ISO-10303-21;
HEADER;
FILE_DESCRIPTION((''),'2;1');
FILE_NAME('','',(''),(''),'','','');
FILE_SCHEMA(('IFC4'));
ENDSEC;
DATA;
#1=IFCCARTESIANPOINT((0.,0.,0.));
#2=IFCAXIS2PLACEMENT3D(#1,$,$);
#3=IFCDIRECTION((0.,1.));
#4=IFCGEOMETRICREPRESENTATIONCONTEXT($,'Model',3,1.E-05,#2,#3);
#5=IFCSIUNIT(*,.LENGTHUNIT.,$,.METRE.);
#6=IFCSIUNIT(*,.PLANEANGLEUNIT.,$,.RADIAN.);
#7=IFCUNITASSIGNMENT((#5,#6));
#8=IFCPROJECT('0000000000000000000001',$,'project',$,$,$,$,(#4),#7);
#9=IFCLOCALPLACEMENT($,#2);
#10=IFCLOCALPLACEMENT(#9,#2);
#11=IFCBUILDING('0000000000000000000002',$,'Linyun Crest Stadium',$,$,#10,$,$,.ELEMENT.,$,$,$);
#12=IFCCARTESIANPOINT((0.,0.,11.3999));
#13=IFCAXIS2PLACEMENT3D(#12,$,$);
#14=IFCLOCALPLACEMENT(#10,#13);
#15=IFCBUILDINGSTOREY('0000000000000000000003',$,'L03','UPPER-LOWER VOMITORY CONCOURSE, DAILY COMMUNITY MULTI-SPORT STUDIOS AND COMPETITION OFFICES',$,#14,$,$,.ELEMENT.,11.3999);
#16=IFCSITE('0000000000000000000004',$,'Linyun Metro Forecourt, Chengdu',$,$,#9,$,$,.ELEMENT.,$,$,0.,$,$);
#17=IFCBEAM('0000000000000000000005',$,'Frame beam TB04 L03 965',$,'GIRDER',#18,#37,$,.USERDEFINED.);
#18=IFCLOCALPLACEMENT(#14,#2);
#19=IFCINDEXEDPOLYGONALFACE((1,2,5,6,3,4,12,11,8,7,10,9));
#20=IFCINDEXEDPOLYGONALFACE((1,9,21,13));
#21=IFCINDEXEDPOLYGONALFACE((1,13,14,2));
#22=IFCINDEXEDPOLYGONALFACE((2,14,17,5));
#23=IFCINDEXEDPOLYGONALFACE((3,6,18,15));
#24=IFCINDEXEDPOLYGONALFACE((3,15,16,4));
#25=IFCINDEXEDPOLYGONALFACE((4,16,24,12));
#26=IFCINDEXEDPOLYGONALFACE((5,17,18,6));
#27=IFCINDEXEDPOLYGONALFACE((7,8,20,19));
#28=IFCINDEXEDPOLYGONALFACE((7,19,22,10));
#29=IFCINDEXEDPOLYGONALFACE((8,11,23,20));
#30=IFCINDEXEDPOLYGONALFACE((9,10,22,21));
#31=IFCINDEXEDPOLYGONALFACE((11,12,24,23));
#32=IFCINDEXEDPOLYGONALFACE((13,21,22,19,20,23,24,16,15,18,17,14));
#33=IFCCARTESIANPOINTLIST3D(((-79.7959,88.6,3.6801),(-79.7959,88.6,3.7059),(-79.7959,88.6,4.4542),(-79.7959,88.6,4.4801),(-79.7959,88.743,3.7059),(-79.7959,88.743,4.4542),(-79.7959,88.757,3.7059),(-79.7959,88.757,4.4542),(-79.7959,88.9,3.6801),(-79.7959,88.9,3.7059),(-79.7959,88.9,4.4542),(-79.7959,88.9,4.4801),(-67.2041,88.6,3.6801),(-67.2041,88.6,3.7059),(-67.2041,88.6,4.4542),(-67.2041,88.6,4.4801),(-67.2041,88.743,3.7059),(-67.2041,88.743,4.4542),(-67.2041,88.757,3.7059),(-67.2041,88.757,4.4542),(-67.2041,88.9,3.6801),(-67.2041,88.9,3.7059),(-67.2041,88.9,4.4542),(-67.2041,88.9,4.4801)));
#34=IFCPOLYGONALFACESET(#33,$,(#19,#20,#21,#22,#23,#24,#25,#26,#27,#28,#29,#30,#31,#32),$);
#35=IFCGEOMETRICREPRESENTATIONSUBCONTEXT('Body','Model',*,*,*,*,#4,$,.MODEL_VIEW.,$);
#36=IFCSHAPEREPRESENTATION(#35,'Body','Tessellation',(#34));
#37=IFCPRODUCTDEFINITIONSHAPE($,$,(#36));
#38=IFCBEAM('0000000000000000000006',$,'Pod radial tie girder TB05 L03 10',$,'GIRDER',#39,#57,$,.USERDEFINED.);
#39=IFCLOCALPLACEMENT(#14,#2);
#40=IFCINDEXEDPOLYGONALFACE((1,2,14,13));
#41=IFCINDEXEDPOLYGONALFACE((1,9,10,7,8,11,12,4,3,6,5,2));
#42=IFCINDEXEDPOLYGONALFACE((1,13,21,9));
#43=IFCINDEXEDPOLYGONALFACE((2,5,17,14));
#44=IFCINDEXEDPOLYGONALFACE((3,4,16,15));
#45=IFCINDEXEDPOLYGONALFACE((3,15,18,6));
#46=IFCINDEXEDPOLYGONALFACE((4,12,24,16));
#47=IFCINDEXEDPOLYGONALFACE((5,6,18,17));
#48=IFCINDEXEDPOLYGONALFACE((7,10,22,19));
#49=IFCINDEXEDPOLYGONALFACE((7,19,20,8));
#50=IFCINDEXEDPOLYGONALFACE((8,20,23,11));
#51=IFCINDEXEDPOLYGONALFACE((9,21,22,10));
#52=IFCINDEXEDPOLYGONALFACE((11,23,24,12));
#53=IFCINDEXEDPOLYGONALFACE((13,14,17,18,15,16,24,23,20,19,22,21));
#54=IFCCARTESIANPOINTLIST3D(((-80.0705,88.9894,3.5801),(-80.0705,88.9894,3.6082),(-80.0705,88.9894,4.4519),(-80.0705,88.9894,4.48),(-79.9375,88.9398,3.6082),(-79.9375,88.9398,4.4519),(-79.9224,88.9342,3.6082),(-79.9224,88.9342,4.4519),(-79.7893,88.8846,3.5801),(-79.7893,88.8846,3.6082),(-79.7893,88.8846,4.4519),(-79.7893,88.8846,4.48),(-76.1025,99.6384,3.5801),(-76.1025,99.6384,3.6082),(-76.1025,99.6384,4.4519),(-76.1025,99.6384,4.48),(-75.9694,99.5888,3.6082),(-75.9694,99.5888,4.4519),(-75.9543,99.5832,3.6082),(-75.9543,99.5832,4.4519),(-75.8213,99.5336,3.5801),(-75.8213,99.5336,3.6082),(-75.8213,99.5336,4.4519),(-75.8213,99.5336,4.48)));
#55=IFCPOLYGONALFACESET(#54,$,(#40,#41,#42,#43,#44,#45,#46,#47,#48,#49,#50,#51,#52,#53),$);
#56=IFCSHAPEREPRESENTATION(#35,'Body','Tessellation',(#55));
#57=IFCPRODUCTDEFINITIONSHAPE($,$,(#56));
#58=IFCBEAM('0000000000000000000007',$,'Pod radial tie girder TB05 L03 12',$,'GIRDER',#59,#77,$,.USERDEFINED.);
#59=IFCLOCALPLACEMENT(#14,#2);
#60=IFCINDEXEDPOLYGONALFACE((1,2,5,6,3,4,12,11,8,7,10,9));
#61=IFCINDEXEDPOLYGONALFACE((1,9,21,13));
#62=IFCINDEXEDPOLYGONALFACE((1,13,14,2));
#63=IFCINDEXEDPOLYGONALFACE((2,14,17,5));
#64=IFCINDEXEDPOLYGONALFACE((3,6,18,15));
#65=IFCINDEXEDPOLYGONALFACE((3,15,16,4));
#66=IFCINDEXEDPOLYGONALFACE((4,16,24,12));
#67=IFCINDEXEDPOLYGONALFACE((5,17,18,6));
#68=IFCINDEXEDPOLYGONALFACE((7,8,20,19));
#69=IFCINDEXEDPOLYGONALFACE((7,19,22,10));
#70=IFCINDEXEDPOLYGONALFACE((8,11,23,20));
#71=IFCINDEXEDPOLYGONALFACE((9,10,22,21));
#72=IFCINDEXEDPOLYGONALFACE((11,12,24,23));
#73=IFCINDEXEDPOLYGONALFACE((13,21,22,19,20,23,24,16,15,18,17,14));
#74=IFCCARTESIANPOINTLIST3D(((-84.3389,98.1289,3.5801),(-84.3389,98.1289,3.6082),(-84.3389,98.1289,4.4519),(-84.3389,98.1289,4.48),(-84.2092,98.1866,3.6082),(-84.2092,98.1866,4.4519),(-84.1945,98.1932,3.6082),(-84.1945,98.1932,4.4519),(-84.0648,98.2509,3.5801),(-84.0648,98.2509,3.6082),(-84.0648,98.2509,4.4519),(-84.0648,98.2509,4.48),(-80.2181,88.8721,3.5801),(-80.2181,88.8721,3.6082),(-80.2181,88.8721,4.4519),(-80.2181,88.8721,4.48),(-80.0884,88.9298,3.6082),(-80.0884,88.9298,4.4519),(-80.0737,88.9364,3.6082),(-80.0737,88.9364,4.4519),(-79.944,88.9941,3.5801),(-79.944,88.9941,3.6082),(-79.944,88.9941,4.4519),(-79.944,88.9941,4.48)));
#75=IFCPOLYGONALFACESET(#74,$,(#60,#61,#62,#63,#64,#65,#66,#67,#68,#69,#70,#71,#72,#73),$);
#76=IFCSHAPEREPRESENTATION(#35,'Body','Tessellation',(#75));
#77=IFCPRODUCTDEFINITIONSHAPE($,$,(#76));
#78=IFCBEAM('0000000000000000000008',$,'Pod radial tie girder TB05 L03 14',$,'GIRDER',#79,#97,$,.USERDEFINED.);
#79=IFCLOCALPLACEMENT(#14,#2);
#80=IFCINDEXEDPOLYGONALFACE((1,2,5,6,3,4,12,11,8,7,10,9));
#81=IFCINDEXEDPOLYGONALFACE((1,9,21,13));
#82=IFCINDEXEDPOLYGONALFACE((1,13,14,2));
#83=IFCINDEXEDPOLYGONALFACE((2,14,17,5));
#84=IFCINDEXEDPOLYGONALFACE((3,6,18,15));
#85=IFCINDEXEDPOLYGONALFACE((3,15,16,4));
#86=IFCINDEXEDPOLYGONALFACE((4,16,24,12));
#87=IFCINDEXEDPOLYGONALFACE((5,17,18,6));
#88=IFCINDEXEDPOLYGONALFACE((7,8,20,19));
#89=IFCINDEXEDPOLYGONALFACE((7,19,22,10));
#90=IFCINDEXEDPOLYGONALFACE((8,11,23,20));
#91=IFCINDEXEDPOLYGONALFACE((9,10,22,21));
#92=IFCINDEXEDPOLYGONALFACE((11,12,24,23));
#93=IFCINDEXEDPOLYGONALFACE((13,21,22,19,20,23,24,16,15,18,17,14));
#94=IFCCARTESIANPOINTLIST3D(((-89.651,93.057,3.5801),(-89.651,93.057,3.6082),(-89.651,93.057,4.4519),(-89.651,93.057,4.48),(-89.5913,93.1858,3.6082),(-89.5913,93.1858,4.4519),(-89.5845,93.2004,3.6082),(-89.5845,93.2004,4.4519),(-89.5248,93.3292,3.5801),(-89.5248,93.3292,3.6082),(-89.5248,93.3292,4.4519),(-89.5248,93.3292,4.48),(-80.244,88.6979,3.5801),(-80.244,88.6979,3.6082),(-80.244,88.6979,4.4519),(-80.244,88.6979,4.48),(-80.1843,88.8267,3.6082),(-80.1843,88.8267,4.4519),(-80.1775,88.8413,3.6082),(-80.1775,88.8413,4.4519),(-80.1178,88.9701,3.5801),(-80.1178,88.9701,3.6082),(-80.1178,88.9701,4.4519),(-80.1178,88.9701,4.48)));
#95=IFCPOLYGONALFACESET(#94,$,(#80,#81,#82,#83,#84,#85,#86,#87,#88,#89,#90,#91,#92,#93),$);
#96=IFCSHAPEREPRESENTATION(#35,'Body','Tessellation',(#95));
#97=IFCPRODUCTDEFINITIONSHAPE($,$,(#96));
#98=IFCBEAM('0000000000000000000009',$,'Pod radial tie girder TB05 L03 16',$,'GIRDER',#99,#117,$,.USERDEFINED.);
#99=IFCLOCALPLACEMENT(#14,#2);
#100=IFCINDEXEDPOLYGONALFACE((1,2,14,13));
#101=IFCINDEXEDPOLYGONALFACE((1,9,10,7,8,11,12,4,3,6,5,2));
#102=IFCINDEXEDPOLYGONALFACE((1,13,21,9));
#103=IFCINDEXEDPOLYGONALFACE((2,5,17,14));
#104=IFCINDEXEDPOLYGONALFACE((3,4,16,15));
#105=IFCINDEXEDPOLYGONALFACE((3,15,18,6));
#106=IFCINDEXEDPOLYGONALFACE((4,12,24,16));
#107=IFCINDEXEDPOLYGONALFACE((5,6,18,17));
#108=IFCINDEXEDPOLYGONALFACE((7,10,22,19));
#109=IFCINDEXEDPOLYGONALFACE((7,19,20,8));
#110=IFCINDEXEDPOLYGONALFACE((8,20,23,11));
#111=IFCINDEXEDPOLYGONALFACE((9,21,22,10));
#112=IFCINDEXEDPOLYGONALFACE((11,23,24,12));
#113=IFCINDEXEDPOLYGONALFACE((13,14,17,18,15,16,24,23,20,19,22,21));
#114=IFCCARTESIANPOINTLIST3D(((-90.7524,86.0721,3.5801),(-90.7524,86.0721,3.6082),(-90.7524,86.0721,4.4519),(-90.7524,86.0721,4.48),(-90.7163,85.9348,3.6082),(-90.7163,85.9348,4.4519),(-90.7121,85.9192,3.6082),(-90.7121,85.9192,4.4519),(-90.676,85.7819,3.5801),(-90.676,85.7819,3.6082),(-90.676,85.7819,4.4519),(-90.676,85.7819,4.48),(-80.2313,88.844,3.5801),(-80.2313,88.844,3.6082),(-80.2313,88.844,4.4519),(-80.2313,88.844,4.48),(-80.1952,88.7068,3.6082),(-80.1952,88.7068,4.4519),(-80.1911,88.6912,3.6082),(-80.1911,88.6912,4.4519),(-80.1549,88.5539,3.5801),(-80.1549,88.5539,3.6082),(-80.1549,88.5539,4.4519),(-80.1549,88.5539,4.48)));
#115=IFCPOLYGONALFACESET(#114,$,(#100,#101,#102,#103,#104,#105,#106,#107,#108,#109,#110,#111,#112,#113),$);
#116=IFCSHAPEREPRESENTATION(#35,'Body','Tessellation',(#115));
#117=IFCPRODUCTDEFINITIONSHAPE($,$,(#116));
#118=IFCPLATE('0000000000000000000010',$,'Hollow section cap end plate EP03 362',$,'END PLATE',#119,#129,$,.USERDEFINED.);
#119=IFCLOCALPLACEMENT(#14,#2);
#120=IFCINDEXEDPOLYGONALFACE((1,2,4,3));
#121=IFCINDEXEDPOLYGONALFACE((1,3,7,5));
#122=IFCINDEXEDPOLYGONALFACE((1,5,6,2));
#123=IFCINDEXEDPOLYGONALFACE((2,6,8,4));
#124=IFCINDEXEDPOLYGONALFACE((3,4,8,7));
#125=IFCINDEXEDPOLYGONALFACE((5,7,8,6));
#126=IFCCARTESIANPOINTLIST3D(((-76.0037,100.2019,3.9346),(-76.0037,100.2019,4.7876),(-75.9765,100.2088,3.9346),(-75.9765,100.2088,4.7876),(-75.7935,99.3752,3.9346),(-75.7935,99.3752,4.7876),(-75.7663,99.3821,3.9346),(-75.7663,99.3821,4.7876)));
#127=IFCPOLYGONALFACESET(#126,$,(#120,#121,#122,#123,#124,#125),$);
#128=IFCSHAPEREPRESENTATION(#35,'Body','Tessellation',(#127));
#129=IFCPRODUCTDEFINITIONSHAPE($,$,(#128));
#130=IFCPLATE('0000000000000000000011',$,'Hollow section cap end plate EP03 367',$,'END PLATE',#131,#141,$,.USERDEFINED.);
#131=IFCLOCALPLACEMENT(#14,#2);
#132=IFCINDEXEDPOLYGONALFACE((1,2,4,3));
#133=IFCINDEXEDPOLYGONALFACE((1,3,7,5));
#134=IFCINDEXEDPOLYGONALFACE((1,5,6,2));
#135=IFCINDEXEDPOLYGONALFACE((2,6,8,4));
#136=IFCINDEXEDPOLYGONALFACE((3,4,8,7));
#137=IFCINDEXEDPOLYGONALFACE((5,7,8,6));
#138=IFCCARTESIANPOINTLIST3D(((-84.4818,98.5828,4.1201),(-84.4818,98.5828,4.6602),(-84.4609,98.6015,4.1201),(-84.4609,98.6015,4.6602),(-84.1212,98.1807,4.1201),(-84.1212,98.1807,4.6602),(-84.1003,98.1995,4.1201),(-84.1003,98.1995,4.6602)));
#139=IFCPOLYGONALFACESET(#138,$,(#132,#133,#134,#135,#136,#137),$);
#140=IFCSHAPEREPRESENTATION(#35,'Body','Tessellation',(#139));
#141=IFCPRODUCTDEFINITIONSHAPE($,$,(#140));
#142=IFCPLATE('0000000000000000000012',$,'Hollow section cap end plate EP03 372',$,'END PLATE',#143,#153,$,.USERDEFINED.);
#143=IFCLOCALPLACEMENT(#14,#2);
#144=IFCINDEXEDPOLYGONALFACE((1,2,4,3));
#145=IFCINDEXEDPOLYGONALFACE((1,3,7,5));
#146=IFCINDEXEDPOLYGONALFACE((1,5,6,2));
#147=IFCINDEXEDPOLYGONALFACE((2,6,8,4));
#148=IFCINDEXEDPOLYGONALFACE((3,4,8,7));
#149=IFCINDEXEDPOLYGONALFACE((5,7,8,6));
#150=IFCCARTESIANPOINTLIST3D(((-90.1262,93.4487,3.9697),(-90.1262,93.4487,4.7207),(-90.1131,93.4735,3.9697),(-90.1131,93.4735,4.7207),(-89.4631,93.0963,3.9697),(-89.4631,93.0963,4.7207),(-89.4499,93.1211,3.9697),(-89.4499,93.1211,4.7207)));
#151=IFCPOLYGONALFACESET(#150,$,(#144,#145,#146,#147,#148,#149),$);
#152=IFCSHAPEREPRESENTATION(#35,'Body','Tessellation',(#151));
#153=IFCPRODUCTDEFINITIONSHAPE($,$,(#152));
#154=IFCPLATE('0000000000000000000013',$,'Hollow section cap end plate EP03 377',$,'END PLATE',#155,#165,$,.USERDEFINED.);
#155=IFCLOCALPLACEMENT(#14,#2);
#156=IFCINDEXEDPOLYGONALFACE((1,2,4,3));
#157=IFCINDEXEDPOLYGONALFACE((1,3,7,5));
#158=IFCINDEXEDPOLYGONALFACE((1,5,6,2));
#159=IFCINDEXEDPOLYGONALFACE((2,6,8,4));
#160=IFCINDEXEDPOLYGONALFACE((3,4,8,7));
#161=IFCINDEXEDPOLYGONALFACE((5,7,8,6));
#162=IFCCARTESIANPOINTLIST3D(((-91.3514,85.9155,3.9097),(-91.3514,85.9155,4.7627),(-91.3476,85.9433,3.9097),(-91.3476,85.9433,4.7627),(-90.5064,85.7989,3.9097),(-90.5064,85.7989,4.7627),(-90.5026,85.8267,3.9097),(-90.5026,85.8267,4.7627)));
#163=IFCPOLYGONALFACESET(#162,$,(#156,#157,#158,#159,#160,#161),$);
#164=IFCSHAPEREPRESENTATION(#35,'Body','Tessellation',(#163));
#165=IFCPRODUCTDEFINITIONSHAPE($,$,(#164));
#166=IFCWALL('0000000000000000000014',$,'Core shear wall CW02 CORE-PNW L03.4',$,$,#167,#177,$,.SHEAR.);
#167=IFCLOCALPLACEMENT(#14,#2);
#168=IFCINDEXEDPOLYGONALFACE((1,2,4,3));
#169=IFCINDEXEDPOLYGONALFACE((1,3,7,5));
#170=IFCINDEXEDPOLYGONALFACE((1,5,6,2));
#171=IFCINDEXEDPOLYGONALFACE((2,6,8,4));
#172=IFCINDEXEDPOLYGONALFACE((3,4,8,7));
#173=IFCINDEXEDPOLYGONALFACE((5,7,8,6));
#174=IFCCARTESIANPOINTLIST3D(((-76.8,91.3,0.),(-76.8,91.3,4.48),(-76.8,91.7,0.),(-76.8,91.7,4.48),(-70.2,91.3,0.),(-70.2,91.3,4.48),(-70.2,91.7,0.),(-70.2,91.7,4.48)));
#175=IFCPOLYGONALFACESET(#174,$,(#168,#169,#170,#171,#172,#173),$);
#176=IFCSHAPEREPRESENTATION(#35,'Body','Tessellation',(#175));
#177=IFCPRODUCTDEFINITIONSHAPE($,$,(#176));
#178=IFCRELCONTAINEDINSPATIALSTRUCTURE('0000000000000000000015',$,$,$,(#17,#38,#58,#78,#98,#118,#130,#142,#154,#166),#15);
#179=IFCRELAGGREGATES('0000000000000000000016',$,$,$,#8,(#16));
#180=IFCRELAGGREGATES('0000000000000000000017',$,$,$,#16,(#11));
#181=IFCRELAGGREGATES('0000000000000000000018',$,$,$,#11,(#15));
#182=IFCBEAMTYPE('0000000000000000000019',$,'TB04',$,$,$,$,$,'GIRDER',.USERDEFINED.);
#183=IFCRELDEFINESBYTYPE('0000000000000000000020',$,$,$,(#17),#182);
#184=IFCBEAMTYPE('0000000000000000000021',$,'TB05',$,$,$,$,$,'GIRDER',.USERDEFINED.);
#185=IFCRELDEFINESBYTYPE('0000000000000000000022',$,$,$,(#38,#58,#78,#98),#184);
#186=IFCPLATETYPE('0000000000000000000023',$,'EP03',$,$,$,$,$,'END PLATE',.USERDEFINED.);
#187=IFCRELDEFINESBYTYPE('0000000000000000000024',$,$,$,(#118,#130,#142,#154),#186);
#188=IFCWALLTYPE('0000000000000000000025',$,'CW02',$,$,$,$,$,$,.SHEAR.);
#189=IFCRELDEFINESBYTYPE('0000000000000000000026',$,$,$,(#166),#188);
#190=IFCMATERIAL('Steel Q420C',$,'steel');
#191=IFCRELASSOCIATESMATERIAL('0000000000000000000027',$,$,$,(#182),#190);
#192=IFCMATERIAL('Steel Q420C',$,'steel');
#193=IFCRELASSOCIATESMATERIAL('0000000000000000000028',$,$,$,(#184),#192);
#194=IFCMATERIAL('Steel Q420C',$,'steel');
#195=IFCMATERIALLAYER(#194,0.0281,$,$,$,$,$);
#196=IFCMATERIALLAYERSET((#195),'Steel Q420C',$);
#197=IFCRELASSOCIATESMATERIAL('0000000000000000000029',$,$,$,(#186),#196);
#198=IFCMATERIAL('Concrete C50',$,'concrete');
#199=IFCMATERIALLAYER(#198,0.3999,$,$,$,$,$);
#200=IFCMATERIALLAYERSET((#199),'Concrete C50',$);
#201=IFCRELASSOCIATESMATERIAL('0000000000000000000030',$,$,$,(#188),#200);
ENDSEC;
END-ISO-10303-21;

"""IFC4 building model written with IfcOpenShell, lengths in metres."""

from ifc_helpers import new_model, si_unit, direction, frame, frame_2d, origin, origin_2d, place, context, subcontext, project, spatial, rectangle, i_section, extrude, material, layer, layer_set, material_profile, profile_set, type_object, element, save


model = new_model("IFC4")

# Units and contexts
model_context = context("Model", 3, precision=1e-05, world=origin(), true_north=direction((0.0, 1.0)))
body_context = subcontext(model_context, "Body", "Model", "MODEL_VIEW")
ifc_project = project(units=[si_unit("LENGTHUNIT", "METRE"), si_unit("PLANEANGLEUNIT", "RADIAN")], contexts=[model_context])

# Site, building, storey
site_placement = place(None, origin())
site = spatial("IfcSite", under=ifc_project, at=site_placement, Name="Linyun Metro Forecourt, Chengdu", CompositionType="ELEMENT", RefElevation=0.0)
building_placement = place(site_placement, origin())
building = spatial("IfcBuilding", under=site, at=building_placement, Name="Linyun Crest Stadium", CompositionType="ELEMENT")
storey_placement = place(building_placement, frame((0.0, 0.0, 11.3999)))
storey = spatial("IfcBuildingStorey", under=building, at=storey_placement, Name="L03", Description="UPPER-LOWER VOMITORY CONCOURSE, DAILY COMMUNITY MULTI-SPORT STUDIOS AND COMPETITION OFFICES", CompositionType="ELEMENT", Elevation=11.3999)

# Beams
ifc_material_1 = material(Name="Steel Q420C", Category="steel")
ifc_material_profile_1 = material_profile(ifc_material_1, i_section(OverallWidth=0.3, OverallDepth=0.8, WebThickness=0.0139, FlangeThickness=0.0259, at=origin_2d()), Name="HN 800x300")
ifc_profile_set_1 = profile_set([ifc_material_profile_1], Name="Steel Q420C")
beam_type_1 = type_object("IfcBeamType", Name="TB04", ElementType="GIRDER", PredefinedType="USERDEFINED", material=ifc_profile_set_1)
beam_1_placement = place(storey_placement, frame((-79.7959, 88.75, 4.0801), z_axis=(1.0, 0.0, 0.0), x_axis=(0.0, 1.0, 0.0)))
element("IfcBeam", 1, at=beam_1_placement, inside=storey, type_object=beam_type_1, Name="Frame beam TB04 L03 965", ObjectType="GIRDER", PredefinedType="USERDEFINED", context=body_context, shape_type="SweptSolid", body=[
    extrude(i_section(OverallWidth=0.3, OverallDepth=0.8, WebThickness=0.0139, FlangeThickness=0.0259, at=origin_2d()), origin(), (0.0, 0.0, 1.0), 12.5918),
])
ifc_material_2 = material(Name="Steel Q420C", Category="steel")
ifc_material_profile_2 = material_profile(ifc_material_2, i_section(OverallWidth=0.3, OverallDepth=0.8999, WebThickness=0.0161, FlangeThickness=0.0281, at=origin_2d()), Name="HN 900x300")
ifc_profile_set_2 = profile_set([ifc_material_profile_2], Name="Steel Q420C")
beam_type_2 = type_object("IfcBeamType", Name="TB05", ElementType="GIRDER", PredefinedType="USERDEFINED", material=ifc_profile_set_2)
beam_2_placement = place(storey_placement, frame((-79.9299, 88.937, 4.03), z_axis=(0.349169, 0.93706, 0.0), x_axis=(-0.93706, 0.349169, 0.0)))
element("IfcBeam", 2, at=beam_2_placement, inside=storey, type_object=beam_type_2, Name="Pod radial tie girder TB05 L03 10", ObjectType="GIRDER", PredefinedType="USERDEFINED", context=body_context, shape_type="SweptSolid", body=[
    extrude(i_section(OverallWidth=0.3, OverallDepth=0.8999, WebThickness=0.0161, FlangeThickness=0.0281, at=origin_2d()), origin(), (0.0, 0.0, 1.0), 11.3643),
])
beam_3_placement = place(storey_placement, frame((-80.0811, 88.9331, 4.03), z_axis=(-0.406691, 0.913566, 0.0), x_axis=(-0.913566, -0.406691, 0.0)))
element("IfcBeam", 3, at=beam_3_placement, inside=storey, type_object=beam_type_2, Name="Pod radial tie girder TB05 L03 12", ObjectType="GIRDER", PredefinedType="USERDEFINED", context=body_context, shape_type="SweptSolid", body=[
    extrude(i_section(OverallWidth=0.3, OverallDepth=0.8999, WebThickness=0.0161, FlangeThickness=0.0281, at=origin_2d()), origin(), (0.0, 0.0, 1.0), 10.1326),
])
beam_4_placement = place(storey_placement, frame((-80.1809, 88.834, 4.03), z_axis=(-0.907318, 0.420445, 0.0), x_axis=(-0.420445, -0.907318, 0.0)))
element("IfcBeam", 4, at=beam_4_placement, inside=storey, type_object=beam_type_2, Name="Pod radial tie girder TB05 L03 14", ObjectType="GIRDER", PredefinedType="USERDEFINED", context=body_context, shape_type="SweptSolid", body=[
    extrude(i_section(OverallWidth=0.3, OverallDepth=0.8999, WebThickness=0.0161, FlangeThickness=0.0281, at=origin_2d()), origin(), (0.0, 0.0, 1.0), 10.3679),
])
beam_5_placement = place(storey_placement, frame((-80.1931, 88.699, 4.03), z_axis=(-0.967, -0.254776, 0.0), x_axis=(0.254776, -0.967, 0.0)))
element("IfcBeam", 5, at=beam_5_placement, inside=storey, type_object=beam_type_2, Name="Pod radial tie girder TB05 L03 16", ObjectType="GIRDER", PredefinedType="USERDEFINED", context=body_context, shape_type="SweptSolid", body=[
    extrude(i_section(OverallWidth=0.3, OverallDepth=0.8999, WebThickness=0.0161, FlangeThickness=0.0281, at=origin_2d()), origin(), (0.0, 0.0, 1.0), 10.8801),
])

# Plates
ifc_material_3 = material(Name="Steel Q420C", Category="steel")
ifc_layer_1 = layer(ifc_material_3, 0.0281)
ifc_layer_set_1 = layer_set([ifc_layer_1], Name="Steel Q420C")
plate_type = type_object("IfcPlateType", Name="EP03", ElementType="END PLATE", PredefinedType="USERDEFINED", material=ifc_layer_set_1)
plate_1_placement = place(storey_placement, frame((-75.885, 99.792, 3.9346), z_axis=(0.0, 0.0, 1.0), x_axis=(-0.246492, 0.969145, 0.0)))
element("IfcPlate", 6, at=plate_1_placement, inside=storey, type_object=plate_type, Name="Hollow section cap end plate EP03 362", ObjectType="END PLATE", PredefinedType="USERDEFINED", context=body_context, shape_type="SweptSolid", body=[
    extrude(rectangle(XDim=0.853, YDim=0.0281, at=origin_2d()), origin(), (0.0, 0.0, 1.0), 0.853),
])
plate_2_placement = place(storey_placement, frame((-84.291, 98.3911, 4.1201), z_axis=(0.0, 0.0, 1.0), x_axis=(-0.667703, 0.744428, 0.0)))
element("IfcPlate", 7, at=plate_2_placement, inside=storey, type_object=plate_type, Name="Hollow section cap end plate EP03 367", ObjectType="END PLATE", PredefinedType="USERDEFINED", context=body_context, shape_type="SweptSolid", body=[
    extrude(rectangle(XDim=0.54, YDim=0.0281, at=origin_2d()), origin(), (0.0, 0.0, 1.0), 0.54),
])
plate_3_placement = place(storey_placement, frame((-89.7881, 93.2849, 3.9697), z_axis=(0.0, 0.0, 1.0), x_axis=(-0.88303, 0.469317, 0.0)))
element("IfcPlate", 8, at=plate_3_placement, inside=storey, type_object=plate_type, Name="Hollow section cap end plate EP03 372", ObjectType="END PLATE", PredefinedType="USERDEFINED", context=body_context, shape_type="SweptSolid", body=[
    extrude(rectangle(XDim=0.751, YDim=0.0281, at=origin_2d()), origin(), (0.0, 0.0, 1.0), 0.751),
])
plate_4_placement = place(storey_placement, frame((-90.927, 85.8711, 3.9097), z_axis=(0.0, 0.0, 1.0), x_axis=(-0.990605, 0.136753, 0.0)))
element("IfcPlate", 9, at=plate_4_placement, inside=storey, type_object=plate_type, Name="Hollow section cap end plate EP03 377", ObjectType="END PLATE", PredefinedType="USERDEFINED", context=body_context, shape_type="SweptSolid", body=[
    extrude(rectangle(XDim=0.853, YDim=0.0281, at=origin_2d()), origin(), (0.0, 0.0, 1.0), 0.853),
])

# Wall
ifc_material_4 = material(Name="Concrete C50", Category="concrete")
ifc_layer_2 = layer(ifc_material_4, 0.3999)
ifc_layer_set_2 = layer_set([ifc_layer_2], Name="Concrete C50")
wall_type_1 = type_object("IfcWallType", Name="CW02", PredefinedType="SHEAR", material=ifc_layer_set_2)
wall_1_placement = place(storey_placement, frame((-76.8, 91.5, 0.0), z_axis=(0.0, 0.0, 1.0), x_axis=(1.0, 0.0, 0.0)))
element("IfcWall", 10, at=wall_1_placement, inside=storey, type_object=wall_type_1, Name="Core shear wall CW02 CORE-PNW L03.4", PredefinedType="SHEAR", context=body_context, shape_type="SweptSolid", body=[
    extrude(rectangle(XDim=6.6001, YDim=0.3999, at=frame_2d((3.3, 0.0))), origin(), (0.0, 0.0, 1.0), 4.48),
])

save(model, "model.ifc")
